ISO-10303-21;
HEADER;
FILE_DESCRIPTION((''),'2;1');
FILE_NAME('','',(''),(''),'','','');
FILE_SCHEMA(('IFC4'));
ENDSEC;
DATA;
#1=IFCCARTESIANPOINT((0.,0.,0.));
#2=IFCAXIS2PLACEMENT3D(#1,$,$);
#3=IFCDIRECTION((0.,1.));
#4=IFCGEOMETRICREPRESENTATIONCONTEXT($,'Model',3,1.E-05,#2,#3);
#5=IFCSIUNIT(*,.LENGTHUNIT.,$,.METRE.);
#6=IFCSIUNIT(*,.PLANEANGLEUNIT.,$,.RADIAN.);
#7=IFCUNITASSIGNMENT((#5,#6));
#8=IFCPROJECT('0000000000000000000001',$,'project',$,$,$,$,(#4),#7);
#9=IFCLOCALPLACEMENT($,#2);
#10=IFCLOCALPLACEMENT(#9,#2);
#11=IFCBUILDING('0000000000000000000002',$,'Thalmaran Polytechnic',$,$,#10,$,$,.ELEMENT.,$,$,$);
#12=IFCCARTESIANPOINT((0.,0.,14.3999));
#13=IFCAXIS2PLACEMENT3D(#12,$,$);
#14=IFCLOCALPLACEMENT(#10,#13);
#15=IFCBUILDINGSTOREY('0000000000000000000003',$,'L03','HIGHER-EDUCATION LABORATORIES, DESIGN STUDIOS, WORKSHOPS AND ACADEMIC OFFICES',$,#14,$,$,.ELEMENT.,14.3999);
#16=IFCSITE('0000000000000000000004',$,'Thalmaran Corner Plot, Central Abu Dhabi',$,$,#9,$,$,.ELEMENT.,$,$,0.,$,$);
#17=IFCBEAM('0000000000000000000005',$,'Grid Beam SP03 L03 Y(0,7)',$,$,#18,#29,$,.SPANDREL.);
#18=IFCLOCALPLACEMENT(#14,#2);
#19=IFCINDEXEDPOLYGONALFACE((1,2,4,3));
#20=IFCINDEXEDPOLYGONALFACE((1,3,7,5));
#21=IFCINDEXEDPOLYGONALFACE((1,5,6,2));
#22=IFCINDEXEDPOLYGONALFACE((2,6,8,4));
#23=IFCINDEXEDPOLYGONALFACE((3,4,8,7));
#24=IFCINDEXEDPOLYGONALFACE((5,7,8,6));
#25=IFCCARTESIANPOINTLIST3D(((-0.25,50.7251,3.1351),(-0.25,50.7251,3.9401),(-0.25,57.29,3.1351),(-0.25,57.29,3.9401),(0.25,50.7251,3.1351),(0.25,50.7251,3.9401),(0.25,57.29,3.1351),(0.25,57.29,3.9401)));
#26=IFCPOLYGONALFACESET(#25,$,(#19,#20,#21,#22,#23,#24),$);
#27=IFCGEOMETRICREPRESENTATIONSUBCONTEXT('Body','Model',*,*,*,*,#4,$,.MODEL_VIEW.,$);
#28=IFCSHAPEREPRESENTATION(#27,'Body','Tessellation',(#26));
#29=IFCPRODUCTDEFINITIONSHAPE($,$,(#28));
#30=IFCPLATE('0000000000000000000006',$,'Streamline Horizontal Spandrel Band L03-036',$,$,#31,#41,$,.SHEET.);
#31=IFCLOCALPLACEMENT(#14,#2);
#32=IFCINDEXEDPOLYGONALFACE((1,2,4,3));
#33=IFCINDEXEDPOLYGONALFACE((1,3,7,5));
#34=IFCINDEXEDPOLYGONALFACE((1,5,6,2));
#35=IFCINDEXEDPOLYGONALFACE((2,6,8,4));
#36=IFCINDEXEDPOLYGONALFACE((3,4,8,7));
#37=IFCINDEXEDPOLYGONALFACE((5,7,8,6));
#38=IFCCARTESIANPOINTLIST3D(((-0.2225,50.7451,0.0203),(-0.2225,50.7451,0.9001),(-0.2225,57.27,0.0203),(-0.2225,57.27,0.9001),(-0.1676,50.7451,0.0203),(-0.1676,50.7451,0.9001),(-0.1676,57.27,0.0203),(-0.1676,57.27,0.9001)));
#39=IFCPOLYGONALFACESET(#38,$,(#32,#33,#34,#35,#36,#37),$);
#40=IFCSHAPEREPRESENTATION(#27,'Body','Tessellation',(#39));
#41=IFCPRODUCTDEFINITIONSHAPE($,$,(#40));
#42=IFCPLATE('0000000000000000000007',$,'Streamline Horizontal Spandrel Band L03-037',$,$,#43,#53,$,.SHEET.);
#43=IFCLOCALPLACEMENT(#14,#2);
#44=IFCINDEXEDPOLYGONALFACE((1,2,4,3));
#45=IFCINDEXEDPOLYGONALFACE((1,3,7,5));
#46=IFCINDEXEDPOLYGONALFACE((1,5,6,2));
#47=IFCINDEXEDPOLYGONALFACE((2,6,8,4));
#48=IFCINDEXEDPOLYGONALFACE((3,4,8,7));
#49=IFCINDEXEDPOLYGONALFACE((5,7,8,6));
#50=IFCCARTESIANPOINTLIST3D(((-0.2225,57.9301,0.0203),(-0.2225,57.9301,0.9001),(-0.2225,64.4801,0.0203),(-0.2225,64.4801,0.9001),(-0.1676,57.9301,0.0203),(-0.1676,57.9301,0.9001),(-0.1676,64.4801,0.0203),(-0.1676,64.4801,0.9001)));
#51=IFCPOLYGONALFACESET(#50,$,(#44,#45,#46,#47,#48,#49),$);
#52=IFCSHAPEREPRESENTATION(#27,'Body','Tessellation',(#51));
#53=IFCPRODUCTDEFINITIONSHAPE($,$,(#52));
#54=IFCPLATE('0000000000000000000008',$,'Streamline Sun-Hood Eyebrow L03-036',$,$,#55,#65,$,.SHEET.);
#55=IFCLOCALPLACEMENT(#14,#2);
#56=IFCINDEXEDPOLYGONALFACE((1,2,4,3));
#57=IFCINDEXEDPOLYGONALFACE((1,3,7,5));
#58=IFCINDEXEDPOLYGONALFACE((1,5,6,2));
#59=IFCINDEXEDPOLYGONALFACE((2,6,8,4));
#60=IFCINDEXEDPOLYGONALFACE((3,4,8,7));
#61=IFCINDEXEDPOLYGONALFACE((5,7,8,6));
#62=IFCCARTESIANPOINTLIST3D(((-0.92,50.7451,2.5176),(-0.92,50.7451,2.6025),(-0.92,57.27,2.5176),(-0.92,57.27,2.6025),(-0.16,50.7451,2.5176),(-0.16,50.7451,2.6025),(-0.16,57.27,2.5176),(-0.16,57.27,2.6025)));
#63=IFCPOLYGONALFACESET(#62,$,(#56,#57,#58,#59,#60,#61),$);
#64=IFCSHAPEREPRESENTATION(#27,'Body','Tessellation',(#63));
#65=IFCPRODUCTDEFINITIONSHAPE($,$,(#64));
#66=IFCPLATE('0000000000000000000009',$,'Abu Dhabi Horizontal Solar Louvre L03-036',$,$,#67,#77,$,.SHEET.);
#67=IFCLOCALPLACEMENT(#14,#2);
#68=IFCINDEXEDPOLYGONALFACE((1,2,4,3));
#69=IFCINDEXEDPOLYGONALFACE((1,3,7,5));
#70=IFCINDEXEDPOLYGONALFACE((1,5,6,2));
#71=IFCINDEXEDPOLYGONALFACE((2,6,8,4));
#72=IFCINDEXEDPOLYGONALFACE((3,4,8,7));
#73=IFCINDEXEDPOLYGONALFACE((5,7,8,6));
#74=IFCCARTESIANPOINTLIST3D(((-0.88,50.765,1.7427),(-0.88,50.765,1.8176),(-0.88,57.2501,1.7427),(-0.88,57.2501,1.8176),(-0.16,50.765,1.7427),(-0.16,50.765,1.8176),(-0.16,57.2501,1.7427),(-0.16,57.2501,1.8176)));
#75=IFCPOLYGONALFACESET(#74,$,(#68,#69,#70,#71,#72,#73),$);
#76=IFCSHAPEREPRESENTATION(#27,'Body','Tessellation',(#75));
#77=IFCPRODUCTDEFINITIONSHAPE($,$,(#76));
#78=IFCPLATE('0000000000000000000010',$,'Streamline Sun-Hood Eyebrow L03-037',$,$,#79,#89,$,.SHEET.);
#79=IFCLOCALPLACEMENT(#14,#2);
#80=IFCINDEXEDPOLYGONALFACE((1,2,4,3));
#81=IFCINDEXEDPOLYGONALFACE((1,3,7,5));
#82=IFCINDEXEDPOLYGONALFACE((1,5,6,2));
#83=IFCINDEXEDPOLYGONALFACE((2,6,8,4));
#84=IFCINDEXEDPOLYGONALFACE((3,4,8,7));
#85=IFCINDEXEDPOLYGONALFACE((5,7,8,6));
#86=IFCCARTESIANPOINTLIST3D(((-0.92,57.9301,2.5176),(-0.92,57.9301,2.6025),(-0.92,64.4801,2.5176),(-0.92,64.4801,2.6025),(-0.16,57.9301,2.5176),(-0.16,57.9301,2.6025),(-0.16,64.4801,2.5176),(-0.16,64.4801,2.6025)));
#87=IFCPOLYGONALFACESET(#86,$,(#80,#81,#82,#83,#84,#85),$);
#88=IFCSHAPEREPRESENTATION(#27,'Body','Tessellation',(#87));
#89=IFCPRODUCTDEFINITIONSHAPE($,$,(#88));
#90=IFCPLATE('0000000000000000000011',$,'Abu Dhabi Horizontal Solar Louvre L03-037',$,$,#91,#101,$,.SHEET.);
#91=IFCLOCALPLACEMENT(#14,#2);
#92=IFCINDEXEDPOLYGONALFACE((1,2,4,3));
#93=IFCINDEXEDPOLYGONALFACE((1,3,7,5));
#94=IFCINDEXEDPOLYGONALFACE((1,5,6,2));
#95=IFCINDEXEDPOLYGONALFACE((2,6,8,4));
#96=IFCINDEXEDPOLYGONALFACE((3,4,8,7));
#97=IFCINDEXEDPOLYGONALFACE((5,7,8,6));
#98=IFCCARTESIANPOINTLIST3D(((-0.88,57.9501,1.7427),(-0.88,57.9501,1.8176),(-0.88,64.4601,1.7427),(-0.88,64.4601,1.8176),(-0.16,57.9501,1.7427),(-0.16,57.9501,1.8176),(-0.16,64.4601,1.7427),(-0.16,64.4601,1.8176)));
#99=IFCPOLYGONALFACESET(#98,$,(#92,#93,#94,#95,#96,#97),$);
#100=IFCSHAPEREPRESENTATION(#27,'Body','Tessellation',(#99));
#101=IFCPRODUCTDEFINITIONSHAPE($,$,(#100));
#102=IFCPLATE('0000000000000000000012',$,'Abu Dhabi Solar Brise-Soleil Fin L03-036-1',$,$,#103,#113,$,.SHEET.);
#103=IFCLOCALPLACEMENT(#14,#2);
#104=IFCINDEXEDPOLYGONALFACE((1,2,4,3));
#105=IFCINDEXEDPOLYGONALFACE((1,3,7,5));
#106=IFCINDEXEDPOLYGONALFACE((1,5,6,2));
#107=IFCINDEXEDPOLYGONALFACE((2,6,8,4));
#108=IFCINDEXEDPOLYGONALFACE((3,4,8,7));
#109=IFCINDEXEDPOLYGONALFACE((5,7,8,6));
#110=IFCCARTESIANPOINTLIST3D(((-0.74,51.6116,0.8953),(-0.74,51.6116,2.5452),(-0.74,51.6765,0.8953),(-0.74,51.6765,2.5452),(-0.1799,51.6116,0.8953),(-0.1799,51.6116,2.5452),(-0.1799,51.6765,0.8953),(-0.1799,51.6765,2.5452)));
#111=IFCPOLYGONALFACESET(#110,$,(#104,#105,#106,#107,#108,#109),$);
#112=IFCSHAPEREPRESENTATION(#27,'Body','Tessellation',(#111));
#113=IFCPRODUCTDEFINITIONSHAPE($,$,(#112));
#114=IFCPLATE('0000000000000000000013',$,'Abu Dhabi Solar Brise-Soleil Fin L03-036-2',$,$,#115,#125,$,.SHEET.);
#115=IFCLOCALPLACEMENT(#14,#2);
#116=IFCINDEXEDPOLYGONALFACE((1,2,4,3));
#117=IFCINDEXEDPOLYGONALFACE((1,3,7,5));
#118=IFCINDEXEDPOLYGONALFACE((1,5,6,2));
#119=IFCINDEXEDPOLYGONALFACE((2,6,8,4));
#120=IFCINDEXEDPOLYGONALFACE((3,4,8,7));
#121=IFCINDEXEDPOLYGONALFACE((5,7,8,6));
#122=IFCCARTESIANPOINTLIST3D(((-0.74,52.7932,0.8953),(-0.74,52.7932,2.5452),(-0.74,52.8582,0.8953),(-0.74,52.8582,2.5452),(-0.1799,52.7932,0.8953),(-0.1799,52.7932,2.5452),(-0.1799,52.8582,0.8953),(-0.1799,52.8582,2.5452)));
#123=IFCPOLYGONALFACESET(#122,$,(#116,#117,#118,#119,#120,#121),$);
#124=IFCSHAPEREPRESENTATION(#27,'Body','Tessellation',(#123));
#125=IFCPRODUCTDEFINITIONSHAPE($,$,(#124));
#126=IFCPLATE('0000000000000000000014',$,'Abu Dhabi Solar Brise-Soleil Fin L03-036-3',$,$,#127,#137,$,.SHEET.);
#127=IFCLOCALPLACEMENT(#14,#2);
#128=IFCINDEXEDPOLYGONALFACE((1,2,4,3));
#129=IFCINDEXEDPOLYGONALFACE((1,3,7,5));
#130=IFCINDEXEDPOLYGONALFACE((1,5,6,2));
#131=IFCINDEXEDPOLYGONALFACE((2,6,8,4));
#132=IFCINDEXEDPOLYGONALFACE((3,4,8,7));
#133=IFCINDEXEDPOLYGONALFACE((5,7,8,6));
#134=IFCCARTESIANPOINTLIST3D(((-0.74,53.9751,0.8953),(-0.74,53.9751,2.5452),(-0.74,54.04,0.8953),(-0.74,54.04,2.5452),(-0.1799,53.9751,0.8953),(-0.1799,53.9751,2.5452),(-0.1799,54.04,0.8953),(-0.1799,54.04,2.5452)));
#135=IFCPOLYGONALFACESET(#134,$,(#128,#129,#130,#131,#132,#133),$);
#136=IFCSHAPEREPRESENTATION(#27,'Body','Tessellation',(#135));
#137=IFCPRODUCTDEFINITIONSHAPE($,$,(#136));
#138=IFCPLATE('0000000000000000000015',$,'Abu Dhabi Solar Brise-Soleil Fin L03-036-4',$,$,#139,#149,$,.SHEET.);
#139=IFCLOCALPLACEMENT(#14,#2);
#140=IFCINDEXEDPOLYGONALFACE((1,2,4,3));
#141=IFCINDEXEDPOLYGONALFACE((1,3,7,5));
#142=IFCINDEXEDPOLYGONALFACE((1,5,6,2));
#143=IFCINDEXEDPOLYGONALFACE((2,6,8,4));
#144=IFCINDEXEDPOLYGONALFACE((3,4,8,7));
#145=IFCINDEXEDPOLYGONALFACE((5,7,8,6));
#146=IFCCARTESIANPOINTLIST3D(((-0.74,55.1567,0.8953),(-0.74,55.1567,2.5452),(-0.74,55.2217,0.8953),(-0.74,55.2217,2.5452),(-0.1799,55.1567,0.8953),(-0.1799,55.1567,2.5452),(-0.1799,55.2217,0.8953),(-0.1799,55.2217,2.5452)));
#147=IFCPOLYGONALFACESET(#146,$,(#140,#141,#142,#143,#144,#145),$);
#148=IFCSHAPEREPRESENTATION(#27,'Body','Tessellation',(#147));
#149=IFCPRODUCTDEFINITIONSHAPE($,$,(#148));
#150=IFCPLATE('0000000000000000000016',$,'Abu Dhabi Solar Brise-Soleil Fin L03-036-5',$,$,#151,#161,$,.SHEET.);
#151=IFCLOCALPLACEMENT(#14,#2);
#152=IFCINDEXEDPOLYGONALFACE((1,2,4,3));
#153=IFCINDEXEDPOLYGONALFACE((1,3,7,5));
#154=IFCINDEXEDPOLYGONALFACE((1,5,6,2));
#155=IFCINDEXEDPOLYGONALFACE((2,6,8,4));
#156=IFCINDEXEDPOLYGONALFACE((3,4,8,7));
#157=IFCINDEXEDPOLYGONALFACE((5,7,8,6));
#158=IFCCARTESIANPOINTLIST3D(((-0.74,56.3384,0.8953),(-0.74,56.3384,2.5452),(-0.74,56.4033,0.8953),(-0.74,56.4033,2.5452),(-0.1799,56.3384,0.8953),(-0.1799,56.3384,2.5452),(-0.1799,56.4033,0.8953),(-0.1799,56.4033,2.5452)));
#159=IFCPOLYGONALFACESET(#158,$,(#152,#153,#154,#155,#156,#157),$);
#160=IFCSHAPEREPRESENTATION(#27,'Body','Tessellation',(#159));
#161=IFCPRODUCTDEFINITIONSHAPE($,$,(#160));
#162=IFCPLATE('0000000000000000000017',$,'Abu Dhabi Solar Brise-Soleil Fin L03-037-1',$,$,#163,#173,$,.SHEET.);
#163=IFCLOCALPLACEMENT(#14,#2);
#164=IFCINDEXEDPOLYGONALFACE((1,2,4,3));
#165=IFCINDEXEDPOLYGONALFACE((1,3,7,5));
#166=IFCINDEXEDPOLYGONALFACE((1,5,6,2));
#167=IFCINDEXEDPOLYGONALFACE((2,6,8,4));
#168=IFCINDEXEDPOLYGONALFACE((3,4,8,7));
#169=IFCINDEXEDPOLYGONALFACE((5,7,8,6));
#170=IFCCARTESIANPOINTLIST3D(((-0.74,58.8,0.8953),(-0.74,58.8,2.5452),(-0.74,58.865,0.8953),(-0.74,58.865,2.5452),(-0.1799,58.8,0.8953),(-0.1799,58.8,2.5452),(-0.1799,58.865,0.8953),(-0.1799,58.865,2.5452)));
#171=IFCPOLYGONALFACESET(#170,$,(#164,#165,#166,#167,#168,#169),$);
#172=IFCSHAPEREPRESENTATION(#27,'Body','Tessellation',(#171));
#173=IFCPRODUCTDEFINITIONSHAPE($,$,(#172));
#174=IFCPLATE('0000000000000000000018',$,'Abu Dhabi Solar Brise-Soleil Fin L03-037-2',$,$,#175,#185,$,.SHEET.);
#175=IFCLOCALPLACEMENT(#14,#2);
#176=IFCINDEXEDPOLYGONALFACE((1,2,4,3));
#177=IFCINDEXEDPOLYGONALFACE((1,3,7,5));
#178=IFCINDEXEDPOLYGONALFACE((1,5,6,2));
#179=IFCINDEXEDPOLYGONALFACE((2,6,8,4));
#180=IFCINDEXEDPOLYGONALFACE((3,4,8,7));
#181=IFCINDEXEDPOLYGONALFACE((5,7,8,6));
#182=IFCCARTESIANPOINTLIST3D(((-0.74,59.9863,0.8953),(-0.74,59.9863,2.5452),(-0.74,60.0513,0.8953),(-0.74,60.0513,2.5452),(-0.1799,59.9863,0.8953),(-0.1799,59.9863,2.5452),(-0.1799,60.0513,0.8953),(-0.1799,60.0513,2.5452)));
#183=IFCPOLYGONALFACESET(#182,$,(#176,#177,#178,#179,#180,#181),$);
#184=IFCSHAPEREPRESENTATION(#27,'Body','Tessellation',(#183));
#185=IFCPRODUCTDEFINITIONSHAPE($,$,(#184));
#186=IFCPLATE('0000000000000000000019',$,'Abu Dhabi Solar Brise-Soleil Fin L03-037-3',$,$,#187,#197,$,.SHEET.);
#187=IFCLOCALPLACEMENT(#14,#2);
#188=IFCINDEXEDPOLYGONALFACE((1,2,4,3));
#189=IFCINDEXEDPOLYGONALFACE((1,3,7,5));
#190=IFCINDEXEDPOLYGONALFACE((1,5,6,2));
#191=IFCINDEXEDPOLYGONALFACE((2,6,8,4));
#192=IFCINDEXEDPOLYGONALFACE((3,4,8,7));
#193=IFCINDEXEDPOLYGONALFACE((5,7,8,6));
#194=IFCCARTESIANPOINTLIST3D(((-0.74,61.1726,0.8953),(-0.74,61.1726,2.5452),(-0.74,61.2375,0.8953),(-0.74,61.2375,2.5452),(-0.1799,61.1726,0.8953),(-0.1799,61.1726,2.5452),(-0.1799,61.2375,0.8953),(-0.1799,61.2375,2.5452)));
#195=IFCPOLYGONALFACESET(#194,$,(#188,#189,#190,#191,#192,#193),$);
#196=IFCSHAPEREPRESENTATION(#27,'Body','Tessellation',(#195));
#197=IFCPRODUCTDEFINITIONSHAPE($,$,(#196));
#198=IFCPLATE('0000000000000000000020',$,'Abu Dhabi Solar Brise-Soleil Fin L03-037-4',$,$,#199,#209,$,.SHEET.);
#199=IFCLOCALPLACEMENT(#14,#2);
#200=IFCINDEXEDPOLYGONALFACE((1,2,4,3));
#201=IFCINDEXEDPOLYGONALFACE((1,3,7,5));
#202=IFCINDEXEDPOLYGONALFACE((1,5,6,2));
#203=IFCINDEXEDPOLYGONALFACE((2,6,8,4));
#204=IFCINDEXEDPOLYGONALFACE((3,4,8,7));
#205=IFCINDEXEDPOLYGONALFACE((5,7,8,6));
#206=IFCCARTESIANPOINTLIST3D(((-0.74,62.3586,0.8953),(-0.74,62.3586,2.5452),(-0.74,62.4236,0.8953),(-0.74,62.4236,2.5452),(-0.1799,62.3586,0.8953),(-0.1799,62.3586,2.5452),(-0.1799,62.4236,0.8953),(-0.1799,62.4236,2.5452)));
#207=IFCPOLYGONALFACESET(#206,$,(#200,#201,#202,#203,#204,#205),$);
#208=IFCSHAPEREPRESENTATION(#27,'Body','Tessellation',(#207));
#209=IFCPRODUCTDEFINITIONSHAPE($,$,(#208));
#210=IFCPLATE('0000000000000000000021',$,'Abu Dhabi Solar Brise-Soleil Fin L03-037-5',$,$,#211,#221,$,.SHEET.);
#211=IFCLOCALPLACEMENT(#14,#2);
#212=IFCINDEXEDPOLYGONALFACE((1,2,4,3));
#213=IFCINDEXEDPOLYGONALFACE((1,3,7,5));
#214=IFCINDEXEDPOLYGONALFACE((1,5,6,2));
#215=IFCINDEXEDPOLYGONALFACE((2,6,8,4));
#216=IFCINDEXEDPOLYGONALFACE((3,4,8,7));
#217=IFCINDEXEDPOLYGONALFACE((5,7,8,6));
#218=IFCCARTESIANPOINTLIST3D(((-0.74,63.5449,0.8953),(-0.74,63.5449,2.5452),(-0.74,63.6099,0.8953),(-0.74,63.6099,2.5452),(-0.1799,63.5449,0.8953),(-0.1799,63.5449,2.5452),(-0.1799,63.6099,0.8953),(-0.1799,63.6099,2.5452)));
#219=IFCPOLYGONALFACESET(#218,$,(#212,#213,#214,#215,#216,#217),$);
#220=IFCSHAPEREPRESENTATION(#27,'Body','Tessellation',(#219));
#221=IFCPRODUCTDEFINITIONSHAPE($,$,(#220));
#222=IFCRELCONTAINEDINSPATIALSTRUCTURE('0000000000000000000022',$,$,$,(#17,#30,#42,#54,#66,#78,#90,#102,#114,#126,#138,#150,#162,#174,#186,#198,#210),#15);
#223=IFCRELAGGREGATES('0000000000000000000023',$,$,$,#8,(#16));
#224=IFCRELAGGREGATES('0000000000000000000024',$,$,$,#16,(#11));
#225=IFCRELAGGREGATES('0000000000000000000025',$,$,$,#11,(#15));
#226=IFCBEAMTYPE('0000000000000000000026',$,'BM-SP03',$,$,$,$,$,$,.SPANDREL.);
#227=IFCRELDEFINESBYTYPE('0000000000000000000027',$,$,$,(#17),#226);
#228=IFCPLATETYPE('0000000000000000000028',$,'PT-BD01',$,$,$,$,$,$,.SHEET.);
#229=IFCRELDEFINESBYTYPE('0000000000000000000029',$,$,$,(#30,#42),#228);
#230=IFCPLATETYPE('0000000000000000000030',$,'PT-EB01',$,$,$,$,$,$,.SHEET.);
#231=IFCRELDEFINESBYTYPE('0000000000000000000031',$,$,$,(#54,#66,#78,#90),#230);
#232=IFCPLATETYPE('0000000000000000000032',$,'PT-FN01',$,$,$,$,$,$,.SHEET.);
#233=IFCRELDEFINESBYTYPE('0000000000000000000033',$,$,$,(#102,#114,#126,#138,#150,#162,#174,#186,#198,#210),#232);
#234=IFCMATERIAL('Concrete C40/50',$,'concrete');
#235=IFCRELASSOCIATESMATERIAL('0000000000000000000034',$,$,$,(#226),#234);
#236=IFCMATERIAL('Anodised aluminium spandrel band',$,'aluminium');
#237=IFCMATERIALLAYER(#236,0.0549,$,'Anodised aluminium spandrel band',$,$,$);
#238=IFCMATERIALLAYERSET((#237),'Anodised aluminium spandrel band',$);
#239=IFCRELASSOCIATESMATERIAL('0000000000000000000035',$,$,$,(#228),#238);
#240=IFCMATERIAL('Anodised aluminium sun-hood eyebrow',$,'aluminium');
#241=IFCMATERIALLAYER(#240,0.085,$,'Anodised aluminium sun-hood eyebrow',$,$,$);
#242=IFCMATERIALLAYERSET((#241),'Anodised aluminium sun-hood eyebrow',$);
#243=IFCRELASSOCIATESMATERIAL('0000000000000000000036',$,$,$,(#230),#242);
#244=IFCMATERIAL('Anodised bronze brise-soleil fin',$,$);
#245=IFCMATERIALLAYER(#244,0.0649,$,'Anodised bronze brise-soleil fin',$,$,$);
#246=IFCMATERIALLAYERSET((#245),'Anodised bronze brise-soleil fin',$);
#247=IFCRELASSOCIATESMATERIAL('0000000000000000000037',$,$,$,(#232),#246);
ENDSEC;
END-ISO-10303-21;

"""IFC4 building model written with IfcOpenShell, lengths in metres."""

from ifc_helpers import new_model, si_unit, direction, frame, origin, origin_2d, place, context, subcontext, project, spatial, rectangle, extrude, material, layer, layer_set, material_profile, profile_set, type_object, element, save


model = new_model("IFC4")

# Units and contexts
model_context = context("Model", 3, precision=1e-05, world=origin(), true_north=direction((0.0, 1.0)))
body_context = subcontext(model_context, "Body", "Model", "MODEL_VIEW")
ifc_project = project(units=[si_unit("LENGTHUNIT", "METRE"), si_unit("PLANEANGLEUNIT", "RADIAN")], contexts=[model_context])

# Site, building, storey
site_placement = place(None, origin())
site = spatial("IfcSite", under=ifc_project, at=site_placement, Name="Thalmaran Corner Plot, Central Abu Dhabi", CompositionType="ELEMENT", RefElevation=0.0)
building_placement = place(site_placement, origin())
building = spatial("IfcBuilding", under=site, at=building_placement, Name="Thalmaran Polytechnic", CompositionType="ELEMENT")
storey_placement = place(building_placement, frame((0.0, 0.0, 14.3999)))
storey = spatial("IfcBuildingStorey", under=building, at=storey_placement, Name="L03", Description="HIGHER-EDUCATION LABORATORIES, DESIGN STUDIOS, WORKSHOPS AND ACADEMIC OFFICES", CompositionType="ELEMENT", Elevation=14.3999)

# Beam
ifc_material_1 = material(Name="Concrete C40/50", Category="concrete")
ifc_material_profile = material_profile(ifc_material_1, rectangle(XDim=0.5, YDim=0.8049, at=origin_2d()), Name="RC 500x805")
ifc_profile_set = profile_set([ifc_material_profile], Name="Concrete C40/50")
beam_type = type_object("IfcBeamType", Name="BM-SP03", PredefinedType="SPANDREL", material=ifc_profile_set)
beam_placement = place(storey_placement, frame((0.0, 50.7251, 3.5376), z_axis=(0.0, 1.0, 0.0), x_axis=(-1.0, 0.0, 0.0)))
element("IfcBeam", 1, at=beam_placement, inside=storey, type_object=beam_type, Name="Grid Beam SP03 L03 Y(0,7)", PredefinedType="SPANDREL", context=body_context, shape_type="SweptSolid", body=[
    extrude(rectangle(XDim=0.5, YDim=0.8049, at=origin_2d()), origin(), (0.0, 0.0, 1.0), 6.5649),
])

# Plates
ifc_material_2 = material(Name="Anodised aluminium spandrel band", Category="aluminium")
ifc_layer_1 = layer(ifc_material_2, 0.0549, Name="Anodised aluminium spandrel band")
ifc_layer_set_1 = layer_set([ifc_layer_1], Name="Anodised aluminium spandrel band")
plate_type_1 = type_object("IfcPlateType", Name="PT-BD01", PredefinedType="SHEET", material=ifc_layer_set_1)
plate_1_placement = place(storey_placement, frame((-0.1951, 54.0076, 0.0203), z_axis=(0.0, 0.0, 1.0), x_axis=(0.0, 1.0, 0.0)))
element("IfcPlate", 2, at=plate_1_placement, inside=storey, type_object=plate_type_1, Name="Streamline Horizontal Spandrel Band L03-036", PredefinedType="SHEET", context=body_context, shape_type="SweptSolid", body=[
    extrude(rectangle(XDim=6.5249, YDim=0.0549, at=origin_2d()), origin(), (0.0, 0.0, 1.0), 0.8799),
])
plate_2_placement = place(storey_placement, frame((-0.1951, 61.2051, 0.0203), z_axis=(0.0, 0.0, 1.0), x_axis=(0.0, 1.0, 0.0)))
element("IfcPlate", 3, at=plate_2_placement, inside=storey, type_object=plate_type_1, Name="Streamline Horizontal Spandrel Band L03-037", PredefinedType="SHEET", context=body_context, shape_type="SweptSolid", body=[
    extrude(rectangle(XDim=6.55, YDim=0.0549, at=origin_2d()), origin(), (0.0, 0.0, 1.0), 0.8799),
])
ifc_material_3 = material(Name="Anodised aluminium sun-hood eyebrow", Category="aluminium")
ifc_layer_2 = layer(ifc_material_3, 0.085, Name="Anodised aluminium sun-hood eyebrow")
ifc_layer_set_2 = layer_set([ifc_layer_2], Name="Anodised aluminium sun-hood eyebrow")
plate_type_2 = type_object("IfcPlateType", Name="PT-EB01", PredefinedType="SHEET", material=ifc_layer_set_2)
plate_3_placement = place(storey_placement, frame((-0.54, 54.0076, 2.5176), z_axis=(0.0, 0.0, 1.0), x_axis=(0.0, 1.0, 0.0)))
element("IfcPlate", 4, at=plate_3_placement, inside=storey, type_object=plate_type_2, Name="Streamline Sun-Hood Eyebrow L03-036", PredefinedType="SHEET", context=body_context, shape_type="SweptSolid", body=[
    extrude(rectangle(XDim=6.5249, YDim=0.76, at=origin_2d()), origin(), (0.0, 0.0, 1.0), 0.085),
])
plate_4_placement = place(storey_placement, frame((-0.52, 54.0076, 1.7427), z_axis=(0.0, 0.0, 1.0), x_axis=(0.0, 1.0, 0.0)))
element("IfcPlate", 5, at=plate_4_placement, inside=storey, type_object=plate_type_2, Name="Abu Dhabi Horizontal Solar Louvre L03-036", PredefinedType="SHEET", context=body_context, shape_type="SweptSolid", body=[
    extrude(rectangle(XDim=6.4851, YDim=0.72, at=origin_2d()), origin(), (0.0, 0.0, 1.0), 0.075),
])
plate_5_placement = place(storey_placement, frame((-0.54, 61.2051, 2.5176), z_axis=(0.0, 0.0, 1.0), x_axis=(0.0, 1.0, 0.0)))
element("IfcPlate", 6, at=plate_5_placement, inside=storey, type_object=plate_type_2, Name="Streamline Sun-Hood Eyebrow L03-037", PredefinedType="SHEET", context=body_context, shape_type="SweptSolid", body=[
    extrude(rectangle(XDim=6.55, YDim=0.76, at=origin_2d()), origin(), (0.0, 0.0, 1.0), 0.085),
])
plate_6_placement = place(storey_placement, frame((-0.52, 61.2051, 1.7427), z_axis=(0.0, 0.0, 1.0), x_axis=(0.0, 1.0, 0.0)))
element("IfcPlate", 7, at=plate_6_placement, inside=storey, type_object=plate_type_2, Name="Abu Dhabi Horizontal Solar Louvre L03-037", PredefinedType="SHEET", context=body_context, shape_type="SweptSolid", body=[
    extrude(rectangle(XDim=6.51, YDim=0.72, at=origin_2d()), origin(), (0.0, 0.0, 1.0), 0.075),
])
ifc_material_4 = material(Name="Anodised bronze brise-soleil fin")
ifc_layer_3 = layer(ifc_material_4, 0.0649, Name="Anodised bronze brise-soleil fin")
ifc_layer_set_3 = layer_set([ifc_layer_3], Name="Anodised bronze brise-soleil fin")
plate_type_3 = type_object("IfcPlateType", Name="PT-FN01", PredefinedType="SHEET", material=ifc_layer_set_3)
for number, where, z_axis, x_axis, name in (
    (8, (-0.46, 51.644, 0.8953), (0.0, 0.0, 1.0), (0.0, 1.0, 0.0), "Abu Dhabi Solar Brise-Soleil Fin L03-036-1"),
    (9, (-0.46, 52.8257, 0.8953), (0.0, 0.0, 1.0), (0.0, 1.0, 0.0), "Abu Dhabi Solar Brise-Soleil Fin L03-036-2"),
    (10, (-0.46, 54.0076, 0.8953), (0.0, 0.0, 1.0), (0.0, 1.0, 0.0), "Abu Dhabi Solar Brise-Soleil Fin L03-036-3"),
    (11, (-0.46, 55.1892, 0.8953), (0.0, 0.0, 1.0), (0.0, 1.0, 0.0), "Abu Dhabi Solar Brise-Soleil Fin L03-036-4"),
    (12, (-0.46, 56.3708, 0.8953), (0.0, 0.0, 1.0), (0.0, 1.0, 0.0), "Abu Dhabi Solar Brise-Soleil Fin L03-036-5"),
    (13, (-0.46, 58.8325, 0.8953), (0.0, 0.0, 1.0), (0.0, 1.0, 0.0), "Abu Dhabi Solar Brise-Soleil Fin L03-037-1"),
    (14, (-0.46, 60.0188, 0.8953), (0.0, 0.0, 1.0), (0.0, 1.0, 0.0), "Abu Dhabi Solar Brise-Soleil Fin L03-037-2"),
    (15, (-0.46, 61.2051, 0.8953), (0.0, 0.0, 1.0), (0.0, 1.0, 0.0), "Abu Dhabi Solar Brise-Soleil Fin L03-037-3"),
    (16, (-0.46, 62.3911, 0.8953), (0.0, 0.0, 1.0), (0.0, 1.0, 0.0), "Abu Dhabi Solar Brise-Soleil Fin L03-037-4"),
    (17, (-0.46, 63.5774, 0.8953), (0.0, 0.0, 1.0), (0.0, 1.0, 0.0), "Abu Dhabi Solar Brise-Soleil Fin L03-037-5"),
):
    element("IfcPlate", number, at=place(storey_placement, frame(where, z_axis=z_axis, x_axis=x_axis)), inside=storey, type_object=plate_type_3, Name=name, PredefinedType="SHEET", context=body_context, shape_type="SweptSolid", body=[
        extrude(rectangle(XDim=0.0649, YDim=0.5601, at=origin_2d()), origin(), (0.0, 0.0, 1.0), 1.6499),
    ])

save(model, "model.ifc")
